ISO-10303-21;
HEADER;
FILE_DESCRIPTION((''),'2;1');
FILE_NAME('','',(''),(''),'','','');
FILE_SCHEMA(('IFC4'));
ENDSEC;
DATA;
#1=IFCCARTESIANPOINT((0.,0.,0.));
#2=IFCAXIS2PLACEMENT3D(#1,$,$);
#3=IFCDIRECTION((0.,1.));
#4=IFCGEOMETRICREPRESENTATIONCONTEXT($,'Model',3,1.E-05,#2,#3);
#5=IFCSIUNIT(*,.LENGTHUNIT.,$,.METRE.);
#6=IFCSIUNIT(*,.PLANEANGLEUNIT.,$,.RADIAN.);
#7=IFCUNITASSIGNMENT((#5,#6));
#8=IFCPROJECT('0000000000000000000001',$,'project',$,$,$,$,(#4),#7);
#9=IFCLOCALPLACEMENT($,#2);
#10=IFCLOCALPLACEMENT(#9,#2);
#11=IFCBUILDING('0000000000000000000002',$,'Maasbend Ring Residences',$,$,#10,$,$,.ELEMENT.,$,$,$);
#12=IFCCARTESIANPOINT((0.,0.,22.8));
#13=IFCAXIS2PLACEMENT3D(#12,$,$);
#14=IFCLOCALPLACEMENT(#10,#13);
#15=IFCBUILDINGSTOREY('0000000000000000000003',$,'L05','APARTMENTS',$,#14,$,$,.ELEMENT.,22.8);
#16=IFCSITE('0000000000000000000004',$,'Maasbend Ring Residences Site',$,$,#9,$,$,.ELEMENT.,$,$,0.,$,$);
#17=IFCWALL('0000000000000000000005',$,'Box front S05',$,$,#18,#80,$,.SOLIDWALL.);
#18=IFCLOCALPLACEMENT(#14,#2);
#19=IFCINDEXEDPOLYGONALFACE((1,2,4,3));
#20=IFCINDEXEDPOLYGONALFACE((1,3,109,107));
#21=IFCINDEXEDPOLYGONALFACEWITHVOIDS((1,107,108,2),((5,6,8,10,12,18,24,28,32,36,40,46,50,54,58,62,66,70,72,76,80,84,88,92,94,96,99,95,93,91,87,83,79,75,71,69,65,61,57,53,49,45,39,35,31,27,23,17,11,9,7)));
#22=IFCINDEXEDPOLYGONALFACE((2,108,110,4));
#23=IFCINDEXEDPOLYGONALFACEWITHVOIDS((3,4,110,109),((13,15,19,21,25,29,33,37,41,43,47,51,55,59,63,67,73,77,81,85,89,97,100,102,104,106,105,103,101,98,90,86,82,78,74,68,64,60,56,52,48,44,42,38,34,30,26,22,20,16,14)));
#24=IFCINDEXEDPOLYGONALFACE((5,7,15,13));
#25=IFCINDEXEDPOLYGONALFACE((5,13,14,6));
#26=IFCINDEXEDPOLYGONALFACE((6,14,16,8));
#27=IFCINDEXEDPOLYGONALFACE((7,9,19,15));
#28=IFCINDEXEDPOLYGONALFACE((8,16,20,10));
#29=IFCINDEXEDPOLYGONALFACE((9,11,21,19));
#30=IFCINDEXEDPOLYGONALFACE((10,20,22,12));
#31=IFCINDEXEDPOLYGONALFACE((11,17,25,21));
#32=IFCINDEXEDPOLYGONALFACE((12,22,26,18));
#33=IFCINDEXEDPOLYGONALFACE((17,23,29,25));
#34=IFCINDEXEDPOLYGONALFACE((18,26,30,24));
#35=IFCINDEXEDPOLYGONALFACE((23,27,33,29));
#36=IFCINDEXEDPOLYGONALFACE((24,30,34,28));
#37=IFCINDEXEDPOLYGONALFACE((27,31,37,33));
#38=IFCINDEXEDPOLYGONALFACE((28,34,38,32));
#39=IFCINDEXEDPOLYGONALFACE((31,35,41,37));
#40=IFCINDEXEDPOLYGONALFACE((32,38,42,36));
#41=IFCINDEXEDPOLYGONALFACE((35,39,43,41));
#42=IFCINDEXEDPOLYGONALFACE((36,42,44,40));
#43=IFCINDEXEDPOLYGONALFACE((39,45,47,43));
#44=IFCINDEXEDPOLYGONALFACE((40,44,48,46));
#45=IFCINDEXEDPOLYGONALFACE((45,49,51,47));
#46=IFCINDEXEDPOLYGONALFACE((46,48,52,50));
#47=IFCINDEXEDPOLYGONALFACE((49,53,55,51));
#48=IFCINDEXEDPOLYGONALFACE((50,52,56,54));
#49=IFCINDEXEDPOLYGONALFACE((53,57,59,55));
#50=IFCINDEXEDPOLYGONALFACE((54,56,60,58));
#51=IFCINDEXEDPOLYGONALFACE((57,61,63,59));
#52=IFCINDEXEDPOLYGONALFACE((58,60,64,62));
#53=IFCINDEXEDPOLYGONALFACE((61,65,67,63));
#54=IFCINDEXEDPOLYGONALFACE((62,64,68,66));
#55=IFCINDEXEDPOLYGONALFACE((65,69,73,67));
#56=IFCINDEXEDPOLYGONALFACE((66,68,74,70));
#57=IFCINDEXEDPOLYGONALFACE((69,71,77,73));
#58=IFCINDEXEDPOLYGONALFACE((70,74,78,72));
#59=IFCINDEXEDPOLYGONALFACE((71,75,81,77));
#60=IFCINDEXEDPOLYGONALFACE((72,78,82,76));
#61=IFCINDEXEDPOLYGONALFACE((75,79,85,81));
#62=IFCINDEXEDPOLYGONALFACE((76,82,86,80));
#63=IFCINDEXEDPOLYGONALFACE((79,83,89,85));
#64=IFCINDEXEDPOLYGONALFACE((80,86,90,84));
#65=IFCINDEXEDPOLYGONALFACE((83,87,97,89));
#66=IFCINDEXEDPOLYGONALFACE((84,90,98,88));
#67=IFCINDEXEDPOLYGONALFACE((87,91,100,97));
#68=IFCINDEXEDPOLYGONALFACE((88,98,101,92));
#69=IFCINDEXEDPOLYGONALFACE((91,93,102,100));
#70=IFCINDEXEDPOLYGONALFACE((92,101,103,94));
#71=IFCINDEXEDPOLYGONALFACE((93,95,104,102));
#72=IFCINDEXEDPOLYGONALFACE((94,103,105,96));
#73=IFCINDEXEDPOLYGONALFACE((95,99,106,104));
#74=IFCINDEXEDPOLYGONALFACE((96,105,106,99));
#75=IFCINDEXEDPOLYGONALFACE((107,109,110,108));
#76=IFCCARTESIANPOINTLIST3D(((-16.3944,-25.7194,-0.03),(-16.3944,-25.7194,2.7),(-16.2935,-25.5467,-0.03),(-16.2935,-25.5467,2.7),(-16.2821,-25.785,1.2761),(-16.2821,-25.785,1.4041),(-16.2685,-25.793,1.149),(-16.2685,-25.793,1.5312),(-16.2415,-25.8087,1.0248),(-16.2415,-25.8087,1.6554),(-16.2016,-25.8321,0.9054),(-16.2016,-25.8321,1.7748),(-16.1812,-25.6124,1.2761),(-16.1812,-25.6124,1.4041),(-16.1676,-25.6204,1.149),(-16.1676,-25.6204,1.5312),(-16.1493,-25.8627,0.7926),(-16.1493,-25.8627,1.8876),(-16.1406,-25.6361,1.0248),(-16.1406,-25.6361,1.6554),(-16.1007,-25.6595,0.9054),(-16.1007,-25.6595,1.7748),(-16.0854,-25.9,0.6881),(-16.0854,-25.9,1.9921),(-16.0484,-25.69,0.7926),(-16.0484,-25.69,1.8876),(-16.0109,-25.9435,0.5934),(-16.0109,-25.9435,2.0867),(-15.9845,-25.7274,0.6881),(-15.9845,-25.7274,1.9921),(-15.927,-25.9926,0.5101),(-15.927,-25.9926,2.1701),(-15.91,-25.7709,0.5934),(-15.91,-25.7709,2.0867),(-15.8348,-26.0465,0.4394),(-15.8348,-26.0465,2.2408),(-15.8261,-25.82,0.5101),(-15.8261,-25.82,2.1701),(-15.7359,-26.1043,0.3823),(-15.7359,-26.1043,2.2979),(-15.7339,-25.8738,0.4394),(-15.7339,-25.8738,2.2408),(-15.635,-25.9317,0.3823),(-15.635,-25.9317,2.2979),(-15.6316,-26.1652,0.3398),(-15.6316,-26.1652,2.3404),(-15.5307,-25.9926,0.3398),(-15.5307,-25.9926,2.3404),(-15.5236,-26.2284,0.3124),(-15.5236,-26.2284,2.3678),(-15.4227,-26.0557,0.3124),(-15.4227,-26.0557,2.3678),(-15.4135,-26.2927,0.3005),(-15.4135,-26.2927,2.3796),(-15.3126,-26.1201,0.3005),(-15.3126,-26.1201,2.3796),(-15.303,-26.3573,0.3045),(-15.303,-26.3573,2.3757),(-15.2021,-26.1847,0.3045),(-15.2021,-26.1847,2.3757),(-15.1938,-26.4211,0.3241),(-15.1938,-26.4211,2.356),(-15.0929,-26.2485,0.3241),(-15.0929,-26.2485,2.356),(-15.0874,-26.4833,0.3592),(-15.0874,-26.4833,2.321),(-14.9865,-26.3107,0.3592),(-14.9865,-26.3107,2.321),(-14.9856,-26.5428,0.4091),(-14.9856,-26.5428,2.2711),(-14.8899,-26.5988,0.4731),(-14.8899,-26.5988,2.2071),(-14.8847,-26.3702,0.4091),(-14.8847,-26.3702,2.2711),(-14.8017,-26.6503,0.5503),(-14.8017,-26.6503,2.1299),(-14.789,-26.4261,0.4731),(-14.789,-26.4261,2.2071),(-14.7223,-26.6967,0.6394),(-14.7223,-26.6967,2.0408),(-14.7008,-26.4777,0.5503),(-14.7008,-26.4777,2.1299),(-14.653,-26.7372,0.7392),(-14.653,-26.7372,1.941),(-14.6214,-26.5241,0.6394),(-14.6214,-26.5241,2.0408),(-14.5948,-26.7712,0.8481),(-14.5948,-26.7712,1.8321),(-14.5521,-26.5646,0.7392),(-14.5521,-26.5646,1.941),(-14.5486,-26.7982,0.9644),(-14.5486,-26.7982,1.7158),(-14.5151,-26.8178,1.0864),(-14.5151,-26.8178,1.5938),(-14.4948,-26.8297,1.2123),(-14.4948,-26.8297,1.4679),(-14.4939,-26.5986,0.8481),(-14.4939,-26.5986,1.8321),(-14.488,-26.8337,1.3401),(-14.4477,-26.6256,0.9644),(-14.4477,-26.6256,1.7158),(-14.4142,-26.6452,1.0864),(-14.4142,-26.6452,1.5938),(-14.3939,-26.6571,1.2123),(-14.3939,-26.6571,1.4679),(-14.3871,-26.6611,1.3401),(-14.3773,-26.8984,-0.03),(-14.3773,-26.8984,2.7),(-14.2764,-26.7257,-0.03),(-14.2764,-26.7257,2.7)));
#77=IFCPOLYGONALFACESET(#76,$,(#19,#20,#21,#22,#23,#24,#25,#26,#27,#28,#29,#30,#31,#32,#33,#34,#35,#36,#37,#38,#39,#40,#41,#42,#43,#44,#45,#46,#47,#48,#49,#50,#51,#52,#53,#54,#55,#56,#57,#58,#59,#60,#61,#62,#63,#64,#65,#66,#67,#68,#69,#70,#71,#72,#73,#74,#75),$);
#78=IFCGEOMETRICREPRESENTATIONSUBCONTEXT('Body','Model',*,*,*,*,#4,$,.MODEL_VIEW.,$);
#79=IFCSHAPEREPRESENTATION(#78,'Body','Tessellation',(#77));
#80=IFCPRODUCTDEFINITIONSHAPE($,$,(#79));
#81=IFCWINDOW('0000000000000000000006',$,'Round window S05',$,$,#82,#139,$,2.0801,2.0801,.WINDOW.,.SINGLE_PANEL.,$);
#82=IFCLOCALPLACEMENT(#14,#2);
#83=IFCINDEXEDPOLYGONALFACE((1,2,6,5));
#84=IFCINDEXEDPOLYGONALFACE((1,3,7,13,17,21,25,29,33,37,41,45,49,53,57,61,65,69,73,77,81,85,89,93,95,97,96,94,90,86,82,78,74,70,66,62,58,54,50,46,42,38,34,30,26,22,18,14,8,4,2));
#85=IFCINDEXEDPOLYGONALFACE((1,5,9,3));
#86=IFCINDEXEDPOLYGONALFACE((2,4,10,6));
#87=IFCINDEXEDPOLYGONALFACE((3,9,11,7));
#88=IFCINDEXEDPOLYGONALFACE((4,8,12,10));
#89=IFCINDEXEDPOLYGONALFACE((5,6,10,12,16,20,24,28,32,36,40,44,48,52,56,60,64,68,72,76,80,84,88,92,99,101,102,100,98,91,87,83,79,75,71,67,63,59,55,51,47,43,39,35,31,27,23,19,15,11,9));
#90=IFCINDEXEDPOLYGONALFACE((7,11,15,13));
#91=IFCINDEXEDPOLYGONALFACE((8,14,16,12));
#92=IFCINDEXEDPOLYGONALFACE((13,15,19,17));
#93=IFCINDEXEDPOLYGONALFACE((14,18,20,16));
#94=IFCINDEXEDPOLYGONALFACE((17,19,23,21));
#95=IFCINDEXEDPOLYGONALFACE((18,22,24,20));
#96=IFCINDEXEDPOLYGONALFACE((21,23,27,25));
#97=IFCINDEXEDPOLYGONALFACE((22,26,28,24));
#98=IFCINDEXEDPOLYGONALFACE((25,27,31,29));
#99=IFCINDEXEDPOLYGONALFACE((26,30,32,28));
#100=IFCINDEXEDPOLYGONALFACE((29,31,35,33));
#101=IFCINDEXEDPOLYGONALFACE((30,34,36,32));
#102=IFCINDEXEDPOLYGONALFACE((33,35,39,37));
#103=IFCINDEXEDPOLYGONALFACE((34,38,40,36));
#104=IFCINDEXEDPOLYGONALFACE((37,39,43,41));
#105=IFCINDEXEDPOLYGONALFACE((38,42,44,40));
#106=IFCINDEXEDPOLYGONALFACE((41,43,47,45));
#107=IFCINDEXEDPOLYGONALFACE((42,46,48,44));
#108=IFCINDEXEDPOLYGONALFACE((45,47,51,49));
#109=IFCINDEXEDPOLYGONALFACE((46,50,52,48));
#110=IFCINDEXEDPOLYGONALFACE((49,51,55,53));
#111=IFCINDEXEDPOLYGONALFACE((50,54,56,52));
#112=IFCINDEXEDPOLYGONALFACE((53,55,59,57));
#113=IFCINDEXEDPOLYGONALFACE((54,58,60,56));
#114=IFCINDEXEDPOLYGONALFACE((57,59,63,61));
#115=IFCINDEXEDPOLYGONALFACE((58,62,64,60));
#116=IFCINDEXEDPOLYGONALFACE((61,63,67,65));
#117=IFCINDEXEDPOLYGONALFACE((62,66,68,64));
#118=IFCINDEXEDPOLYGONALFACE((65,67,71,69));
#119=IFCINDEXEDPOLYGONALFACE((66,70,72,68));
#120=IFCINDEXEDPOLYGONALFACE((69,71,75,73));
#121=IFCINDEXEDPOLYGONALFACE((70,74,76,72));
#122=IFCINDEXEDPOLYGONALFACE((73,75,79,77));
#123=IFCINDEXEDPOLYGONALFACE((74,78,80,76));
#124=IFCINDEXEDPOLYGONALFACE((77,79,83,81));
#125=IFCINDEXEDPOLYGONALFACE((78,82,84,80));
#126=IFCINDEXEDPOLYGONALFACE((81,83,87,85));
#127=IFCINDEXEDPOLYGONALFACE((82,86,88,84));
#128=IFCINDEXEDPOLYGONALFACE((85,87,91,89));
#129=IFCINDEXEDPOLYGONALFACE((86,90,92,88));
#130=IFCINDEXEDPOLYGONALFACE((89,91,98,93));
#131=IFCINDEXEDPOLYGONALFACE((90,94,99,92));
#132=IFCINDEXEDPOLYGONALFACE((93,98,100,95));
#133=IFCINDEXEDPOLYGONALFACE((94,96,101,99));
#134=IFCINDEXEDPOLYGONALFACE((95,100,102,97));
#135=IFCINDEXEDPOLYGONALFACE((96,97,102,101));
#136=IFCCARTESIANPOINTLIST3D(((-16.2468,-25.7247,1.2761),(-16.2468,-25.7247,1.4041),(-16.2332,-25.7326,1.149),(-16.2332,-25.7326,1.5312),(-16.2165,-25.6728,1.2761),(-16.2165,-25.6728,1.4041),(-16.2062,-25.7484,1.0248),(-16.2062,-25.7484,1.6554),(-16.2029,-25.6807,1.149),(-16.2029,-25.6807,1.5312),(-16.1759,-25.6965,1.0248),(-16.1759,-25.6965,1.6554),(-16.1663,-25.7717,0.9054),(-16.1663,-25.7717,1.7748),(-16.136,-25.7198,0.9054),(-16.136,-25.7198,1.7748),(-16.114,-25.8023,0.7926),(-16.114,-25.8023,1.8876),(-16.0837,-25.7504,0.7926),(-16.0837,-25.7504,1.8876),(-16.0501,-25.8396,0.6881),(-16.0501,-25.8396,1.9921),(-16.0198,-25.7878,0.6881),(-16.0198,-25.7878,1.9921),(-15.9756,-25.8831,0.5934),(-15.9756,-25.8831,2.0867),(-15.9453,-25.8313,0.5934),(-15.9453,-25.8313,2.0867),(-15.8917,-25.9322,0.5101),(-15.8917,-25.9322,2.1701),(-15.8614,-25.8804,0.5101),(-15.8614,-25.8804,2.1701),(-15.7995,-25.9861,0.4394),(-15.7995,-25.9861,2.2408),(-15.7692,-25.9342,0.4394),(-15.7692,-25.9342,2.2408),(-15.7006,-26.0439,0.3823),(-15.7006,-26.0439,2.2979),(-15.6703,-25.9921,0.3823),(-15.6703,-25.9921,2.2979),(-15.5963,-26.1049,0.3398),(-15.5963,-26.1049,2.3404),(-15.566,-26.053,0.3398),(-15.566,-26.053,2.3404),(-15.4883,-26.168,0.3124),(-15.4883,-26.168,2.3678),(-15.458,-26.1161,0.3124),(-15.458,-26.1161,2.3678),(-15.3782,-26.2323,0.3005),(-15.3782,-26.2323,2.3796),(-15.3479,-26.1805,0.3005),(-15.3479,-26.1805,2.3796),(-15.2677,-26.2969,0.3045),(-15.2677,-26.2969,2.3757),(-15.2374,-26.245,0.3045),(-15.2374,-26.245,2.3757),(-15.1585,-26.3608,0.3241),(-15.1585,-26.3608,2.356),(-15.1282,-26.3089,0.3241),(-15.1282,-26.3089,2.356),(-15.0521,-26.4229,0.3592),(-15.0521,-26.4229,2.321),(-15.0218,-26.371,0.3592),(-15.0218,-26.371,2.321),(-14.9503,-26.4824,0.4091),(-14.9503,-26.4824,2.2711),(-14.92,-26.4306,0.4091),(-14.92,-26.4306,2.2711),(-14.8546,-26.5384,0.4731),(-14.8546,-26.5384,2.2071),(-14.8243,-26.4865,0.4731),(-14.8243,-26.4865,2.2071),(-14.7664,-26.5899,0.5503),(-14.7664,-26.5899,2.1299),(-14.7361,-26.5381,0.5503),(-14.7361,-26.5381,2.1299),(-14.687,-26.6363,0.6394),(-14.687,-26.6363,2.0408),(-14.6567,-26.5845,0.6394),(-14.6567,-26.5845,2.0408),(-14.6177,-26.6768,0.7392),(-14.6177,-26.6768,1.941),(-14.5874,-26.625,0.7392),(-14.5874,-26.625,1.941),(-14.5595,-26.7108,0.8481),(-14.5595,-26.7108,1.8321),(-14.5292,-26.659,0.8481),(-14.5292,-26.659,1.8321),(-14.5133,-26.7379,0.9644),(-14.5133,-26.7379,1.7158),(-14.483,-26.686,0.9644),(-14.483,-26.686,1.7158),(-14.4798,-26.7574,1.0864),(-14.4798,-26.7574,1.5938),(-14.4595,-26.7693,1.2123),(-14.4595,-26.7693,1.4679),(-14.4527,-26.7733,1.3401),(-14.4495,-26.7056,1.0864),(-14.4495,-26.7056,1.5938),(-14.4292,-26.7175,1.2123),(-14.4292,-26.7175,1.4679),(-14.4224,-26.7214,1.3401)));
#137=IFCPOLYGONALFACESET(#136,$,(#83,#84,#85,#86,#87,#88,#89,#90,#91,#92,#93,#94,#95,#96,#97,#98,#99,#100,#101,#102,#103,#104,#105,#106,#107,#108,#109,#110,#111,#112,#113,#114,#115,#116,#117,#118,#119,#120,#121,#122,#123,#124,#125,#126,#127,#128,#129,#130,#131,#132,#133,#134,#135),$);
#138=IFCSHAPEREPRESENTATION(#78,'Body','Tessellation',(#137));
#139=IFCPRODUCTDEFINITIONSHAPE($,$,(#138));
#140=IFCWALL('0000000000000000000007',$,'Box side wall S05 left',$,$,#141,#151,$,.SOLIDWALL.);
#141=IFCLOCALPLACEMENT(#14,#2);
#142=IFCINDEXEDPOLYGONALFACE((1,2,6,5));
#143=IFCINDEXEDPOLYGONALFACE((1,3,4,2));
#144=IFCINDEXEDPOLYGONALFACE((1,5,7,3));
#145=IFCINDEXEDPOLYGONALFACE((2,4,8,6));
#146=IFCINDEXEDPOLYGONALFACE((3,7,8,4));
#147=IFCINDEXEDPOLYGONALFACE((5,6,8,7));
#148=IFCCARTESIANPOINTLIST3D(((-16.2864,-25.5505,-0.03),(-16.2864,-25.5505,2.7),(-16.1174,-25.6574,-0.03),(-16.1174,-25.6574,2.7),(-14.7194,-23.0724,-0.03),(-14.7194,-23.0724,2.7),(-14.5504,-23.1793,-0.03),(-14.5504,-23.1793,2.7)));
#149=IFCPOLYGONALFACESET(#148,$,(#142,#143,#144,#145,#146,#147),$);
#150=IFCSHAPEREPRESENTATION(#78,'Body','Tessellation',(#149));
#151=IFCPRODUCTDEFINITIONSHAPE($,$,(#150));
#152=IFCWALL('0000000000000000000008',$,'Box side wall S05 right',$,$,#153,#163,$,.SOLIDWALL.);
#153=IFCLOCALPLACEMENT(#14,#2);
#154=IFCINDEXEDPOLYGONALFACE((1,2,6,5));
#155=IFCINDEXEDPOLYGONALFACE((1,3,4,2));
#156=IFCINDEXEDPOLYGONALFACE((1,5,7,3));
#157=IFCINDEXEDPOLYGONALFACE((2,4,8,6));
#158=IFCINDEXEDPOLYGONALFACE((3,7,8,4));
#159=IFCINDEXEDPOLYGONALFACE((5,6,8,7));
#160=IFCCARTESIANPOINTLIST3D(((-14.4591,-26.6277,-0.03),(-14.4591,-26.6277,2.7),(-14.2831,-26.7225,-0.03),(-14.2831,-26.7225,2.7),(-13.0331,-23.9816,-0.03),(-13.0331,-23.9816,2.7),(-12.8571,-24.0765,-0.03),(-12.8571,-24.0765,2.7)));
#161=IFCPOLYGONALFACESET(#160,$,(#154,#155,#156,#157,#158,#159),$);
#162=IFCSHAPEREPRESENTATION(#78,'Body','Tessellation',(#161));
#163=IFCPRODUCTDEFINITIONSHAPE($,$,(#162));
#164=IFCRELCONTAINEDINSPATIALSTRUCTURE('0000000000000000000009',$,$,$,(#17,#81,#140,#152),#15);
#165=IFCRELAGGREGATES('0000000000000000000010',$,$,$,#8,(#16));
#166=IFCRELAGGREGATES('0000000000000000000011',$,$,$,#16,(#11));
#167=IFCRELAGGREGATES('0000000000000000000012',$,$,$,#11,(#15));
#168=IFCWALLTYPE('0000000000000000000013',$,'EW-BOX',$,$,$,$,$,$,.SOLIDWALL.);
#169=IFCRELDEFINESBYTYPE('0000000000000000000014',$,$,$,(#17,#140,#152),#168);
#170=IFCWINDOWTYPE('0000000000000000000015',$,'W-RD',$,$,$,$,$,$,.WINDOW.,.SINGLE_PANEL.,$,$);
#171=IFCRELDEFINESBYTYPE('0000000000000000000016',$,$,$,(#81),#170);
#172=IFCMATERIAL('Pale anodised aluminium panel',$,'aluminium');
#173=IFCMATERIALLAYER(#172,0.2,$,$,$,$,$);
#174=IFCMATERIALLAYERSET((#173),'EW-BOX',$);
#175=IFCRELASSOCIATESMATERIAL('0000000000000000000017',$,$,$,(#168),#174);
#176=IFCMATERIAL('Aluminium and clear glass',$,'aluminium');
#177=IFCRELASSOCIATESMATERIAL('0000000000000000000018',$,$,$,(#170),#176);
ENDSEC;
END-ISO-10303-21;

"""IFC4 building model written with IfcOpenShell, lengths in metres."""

from ifc_helpers import new_model, si_unit, direction, frame, frame_2d, origin, place, context, subcontext, project, spatial, rectangle, circle, extrude, material, layer, layer_set, type_object, element, fill, save


model = new_model("IFC4")

# Units and contexts
model_context = context("Model", 3, precision=1e-05, world=origin(), true_north=direction((0.0, 1.0)))
body_context = subcontext(model_context, "Body", "Model", "MODEL_VIEW")
ifc_project = project(units=[si_unit("LENGTHUNIT", "METRE"), si_unit("PLANEANGLEUNIT", "RADIAN")], contexts=[model_context])

# Site, building, storey
site_placement = place(None, origin())
site = spatial("IfcSite", under=ifc_project, at=site_placement, Name="Maasbend Ring Residences Site", CompositionType="ELEMENT", RefElevation=0.0)
building_placement = place(site_placement, origin())
building = spatial("IfcBuilding", under=site, at=building_placement, Name="Maasbend Ring Residences", CompositionType="ELEMENT")
storey_placement = place(building_placement, frame((0.0, 0.0, 22.8)))
storey = spatial("IfcBuildingStorey", under=building, at=storey_placement, Name="L05", Description="APARTMENTS", CompositionType="ELEMENT", Elevation=22.8)

# Shared definitions
ifc_material_1 = material(Name="Pale anodised aluminium panel", Category="aluminium")
ifc_layer_1 = layer(ifc_material_1, 0.2)
ifc_layer_set_1 = layer_set([ifc_layer_1], Name="EW-BOX")
wall_type_1 = type_object("IfcWallType", Name="EW-BOX", PredefinedType="SOLIDWALL", material=ifc_layer_set_1)
ifc_material_2 = material(Name="Aluminium and clear glass", Category="aluminium")
window_type_1 = type_object("IfcWindowType", Name="W-RD", PartitioningType="SINGLE_PANEL", PredefinedType="WINDOW", material=ifc_material_2)

# Wall, opening, window
wall_1_placement = place(storey_placement, frame((-16.344, -25.6331, -0.03), z_axis=(0.0, 0.0, 1.0), x_axis=(0.863347, -0.504612, 0.0)))
wall_1 = element("IfcWall", 1, at=wall_1_placement, inside=storey, type_object=wall_type_1, Name="Box front S05", PredefinedType="SOLIDWALL", context=body_context, shape_type="SweptSolid", body=[
    extrude(rectangle(XDim=2.3364, YDim=0.2, at=frame_2d((1.1682, 0.0))), origin(), (0.0, 0.0, 1.0), 2.73),
])
opening_1_placement = place(wall_1_placement, frame((0.1282, 0.0, 0.3301)))
opening_1 = element("IfcOpeningElement", 2, at=opening_1_placement, cuts=wall_1, PredefinedType="OPENING", context=body_context, shape_type="SweptSolid", body=[
    extrude(circle(Radius=1.04, at=frame_2d((1.04, 1.04))), frame((0.0, 0.1099, 0.0), z_axis=(0.0, -1.0, 0.0), x_axis=(1.0, 0.0, 0.0)), (0.0, 0.0, 1.0), 0.22),
])
window_1_placement = place(opening_1_placement, origin())
window_1 = element("IfcWindow", 3, at=window_1_placement, inside=storey, type_object=window_type_1, Name="Round window S05", OverallHeight=2.0801, OverallWidth=2.0801, PartitioningType="SINGLE_PANEL", PredefinedType="WINDOW", context=body_context, shape_type="SweptSolid", body=[
    extrude(circle(Radius=1.04, at=frame_2d((1.04, 1.04))), frame((0.0, 0.03, 0.0), z_axis=(0.0, -1.0, 0.0), x_axis=(1.0, 0.0, 0.0)), (0.0, 0.0, 1.0), 0.0601),
])
fill(opening_1, window_1)

# Walls
wall_2_placement = place(storey_placement, frame((-14.635, -23.126, -0.03), z_axis=(0.0, 0.0, 1.0), x_axis=(-0.534438, -0.845208, 0.0)))
element("IfcWall", 4, at=wall_2_placement, inside=storey, type_object=wall_type_1, Name="Box side wall S05 left", PredefinedType="SOLIDWALL", context=body_context, shape_type="SweptSolid", body=[
    extrude(rectangle(XDim=2.9319, YDim=0.2, at=frame_2d((1.4658, 0.0))), origin(), (0.0, 0.0, 1.0), 2.73),
])
wall_3_placement = place(storey_placement, frame((-12.9451, -24.0291, -0.03), z_axis=(0.0, 0.0, 1.0), x_axis=(-0.474424, -0.880296, 0.0)))
element("IfcWall", 5, at=wall_3_placement, inside=storey, type_object=wall_type_1, Name="Box side wall S05 right", PredefinedType="SOLIDWALL", context=body_context, shape_type="SweptSolid", body=[
    extrude(rectangle(XDim=3.0059, YDim=0.2, at=frame_2d((1.5029, 0.0))), origin(), (0.0, 0.0, 1.0), 2.73),
])

save(model, "model.ifc")
